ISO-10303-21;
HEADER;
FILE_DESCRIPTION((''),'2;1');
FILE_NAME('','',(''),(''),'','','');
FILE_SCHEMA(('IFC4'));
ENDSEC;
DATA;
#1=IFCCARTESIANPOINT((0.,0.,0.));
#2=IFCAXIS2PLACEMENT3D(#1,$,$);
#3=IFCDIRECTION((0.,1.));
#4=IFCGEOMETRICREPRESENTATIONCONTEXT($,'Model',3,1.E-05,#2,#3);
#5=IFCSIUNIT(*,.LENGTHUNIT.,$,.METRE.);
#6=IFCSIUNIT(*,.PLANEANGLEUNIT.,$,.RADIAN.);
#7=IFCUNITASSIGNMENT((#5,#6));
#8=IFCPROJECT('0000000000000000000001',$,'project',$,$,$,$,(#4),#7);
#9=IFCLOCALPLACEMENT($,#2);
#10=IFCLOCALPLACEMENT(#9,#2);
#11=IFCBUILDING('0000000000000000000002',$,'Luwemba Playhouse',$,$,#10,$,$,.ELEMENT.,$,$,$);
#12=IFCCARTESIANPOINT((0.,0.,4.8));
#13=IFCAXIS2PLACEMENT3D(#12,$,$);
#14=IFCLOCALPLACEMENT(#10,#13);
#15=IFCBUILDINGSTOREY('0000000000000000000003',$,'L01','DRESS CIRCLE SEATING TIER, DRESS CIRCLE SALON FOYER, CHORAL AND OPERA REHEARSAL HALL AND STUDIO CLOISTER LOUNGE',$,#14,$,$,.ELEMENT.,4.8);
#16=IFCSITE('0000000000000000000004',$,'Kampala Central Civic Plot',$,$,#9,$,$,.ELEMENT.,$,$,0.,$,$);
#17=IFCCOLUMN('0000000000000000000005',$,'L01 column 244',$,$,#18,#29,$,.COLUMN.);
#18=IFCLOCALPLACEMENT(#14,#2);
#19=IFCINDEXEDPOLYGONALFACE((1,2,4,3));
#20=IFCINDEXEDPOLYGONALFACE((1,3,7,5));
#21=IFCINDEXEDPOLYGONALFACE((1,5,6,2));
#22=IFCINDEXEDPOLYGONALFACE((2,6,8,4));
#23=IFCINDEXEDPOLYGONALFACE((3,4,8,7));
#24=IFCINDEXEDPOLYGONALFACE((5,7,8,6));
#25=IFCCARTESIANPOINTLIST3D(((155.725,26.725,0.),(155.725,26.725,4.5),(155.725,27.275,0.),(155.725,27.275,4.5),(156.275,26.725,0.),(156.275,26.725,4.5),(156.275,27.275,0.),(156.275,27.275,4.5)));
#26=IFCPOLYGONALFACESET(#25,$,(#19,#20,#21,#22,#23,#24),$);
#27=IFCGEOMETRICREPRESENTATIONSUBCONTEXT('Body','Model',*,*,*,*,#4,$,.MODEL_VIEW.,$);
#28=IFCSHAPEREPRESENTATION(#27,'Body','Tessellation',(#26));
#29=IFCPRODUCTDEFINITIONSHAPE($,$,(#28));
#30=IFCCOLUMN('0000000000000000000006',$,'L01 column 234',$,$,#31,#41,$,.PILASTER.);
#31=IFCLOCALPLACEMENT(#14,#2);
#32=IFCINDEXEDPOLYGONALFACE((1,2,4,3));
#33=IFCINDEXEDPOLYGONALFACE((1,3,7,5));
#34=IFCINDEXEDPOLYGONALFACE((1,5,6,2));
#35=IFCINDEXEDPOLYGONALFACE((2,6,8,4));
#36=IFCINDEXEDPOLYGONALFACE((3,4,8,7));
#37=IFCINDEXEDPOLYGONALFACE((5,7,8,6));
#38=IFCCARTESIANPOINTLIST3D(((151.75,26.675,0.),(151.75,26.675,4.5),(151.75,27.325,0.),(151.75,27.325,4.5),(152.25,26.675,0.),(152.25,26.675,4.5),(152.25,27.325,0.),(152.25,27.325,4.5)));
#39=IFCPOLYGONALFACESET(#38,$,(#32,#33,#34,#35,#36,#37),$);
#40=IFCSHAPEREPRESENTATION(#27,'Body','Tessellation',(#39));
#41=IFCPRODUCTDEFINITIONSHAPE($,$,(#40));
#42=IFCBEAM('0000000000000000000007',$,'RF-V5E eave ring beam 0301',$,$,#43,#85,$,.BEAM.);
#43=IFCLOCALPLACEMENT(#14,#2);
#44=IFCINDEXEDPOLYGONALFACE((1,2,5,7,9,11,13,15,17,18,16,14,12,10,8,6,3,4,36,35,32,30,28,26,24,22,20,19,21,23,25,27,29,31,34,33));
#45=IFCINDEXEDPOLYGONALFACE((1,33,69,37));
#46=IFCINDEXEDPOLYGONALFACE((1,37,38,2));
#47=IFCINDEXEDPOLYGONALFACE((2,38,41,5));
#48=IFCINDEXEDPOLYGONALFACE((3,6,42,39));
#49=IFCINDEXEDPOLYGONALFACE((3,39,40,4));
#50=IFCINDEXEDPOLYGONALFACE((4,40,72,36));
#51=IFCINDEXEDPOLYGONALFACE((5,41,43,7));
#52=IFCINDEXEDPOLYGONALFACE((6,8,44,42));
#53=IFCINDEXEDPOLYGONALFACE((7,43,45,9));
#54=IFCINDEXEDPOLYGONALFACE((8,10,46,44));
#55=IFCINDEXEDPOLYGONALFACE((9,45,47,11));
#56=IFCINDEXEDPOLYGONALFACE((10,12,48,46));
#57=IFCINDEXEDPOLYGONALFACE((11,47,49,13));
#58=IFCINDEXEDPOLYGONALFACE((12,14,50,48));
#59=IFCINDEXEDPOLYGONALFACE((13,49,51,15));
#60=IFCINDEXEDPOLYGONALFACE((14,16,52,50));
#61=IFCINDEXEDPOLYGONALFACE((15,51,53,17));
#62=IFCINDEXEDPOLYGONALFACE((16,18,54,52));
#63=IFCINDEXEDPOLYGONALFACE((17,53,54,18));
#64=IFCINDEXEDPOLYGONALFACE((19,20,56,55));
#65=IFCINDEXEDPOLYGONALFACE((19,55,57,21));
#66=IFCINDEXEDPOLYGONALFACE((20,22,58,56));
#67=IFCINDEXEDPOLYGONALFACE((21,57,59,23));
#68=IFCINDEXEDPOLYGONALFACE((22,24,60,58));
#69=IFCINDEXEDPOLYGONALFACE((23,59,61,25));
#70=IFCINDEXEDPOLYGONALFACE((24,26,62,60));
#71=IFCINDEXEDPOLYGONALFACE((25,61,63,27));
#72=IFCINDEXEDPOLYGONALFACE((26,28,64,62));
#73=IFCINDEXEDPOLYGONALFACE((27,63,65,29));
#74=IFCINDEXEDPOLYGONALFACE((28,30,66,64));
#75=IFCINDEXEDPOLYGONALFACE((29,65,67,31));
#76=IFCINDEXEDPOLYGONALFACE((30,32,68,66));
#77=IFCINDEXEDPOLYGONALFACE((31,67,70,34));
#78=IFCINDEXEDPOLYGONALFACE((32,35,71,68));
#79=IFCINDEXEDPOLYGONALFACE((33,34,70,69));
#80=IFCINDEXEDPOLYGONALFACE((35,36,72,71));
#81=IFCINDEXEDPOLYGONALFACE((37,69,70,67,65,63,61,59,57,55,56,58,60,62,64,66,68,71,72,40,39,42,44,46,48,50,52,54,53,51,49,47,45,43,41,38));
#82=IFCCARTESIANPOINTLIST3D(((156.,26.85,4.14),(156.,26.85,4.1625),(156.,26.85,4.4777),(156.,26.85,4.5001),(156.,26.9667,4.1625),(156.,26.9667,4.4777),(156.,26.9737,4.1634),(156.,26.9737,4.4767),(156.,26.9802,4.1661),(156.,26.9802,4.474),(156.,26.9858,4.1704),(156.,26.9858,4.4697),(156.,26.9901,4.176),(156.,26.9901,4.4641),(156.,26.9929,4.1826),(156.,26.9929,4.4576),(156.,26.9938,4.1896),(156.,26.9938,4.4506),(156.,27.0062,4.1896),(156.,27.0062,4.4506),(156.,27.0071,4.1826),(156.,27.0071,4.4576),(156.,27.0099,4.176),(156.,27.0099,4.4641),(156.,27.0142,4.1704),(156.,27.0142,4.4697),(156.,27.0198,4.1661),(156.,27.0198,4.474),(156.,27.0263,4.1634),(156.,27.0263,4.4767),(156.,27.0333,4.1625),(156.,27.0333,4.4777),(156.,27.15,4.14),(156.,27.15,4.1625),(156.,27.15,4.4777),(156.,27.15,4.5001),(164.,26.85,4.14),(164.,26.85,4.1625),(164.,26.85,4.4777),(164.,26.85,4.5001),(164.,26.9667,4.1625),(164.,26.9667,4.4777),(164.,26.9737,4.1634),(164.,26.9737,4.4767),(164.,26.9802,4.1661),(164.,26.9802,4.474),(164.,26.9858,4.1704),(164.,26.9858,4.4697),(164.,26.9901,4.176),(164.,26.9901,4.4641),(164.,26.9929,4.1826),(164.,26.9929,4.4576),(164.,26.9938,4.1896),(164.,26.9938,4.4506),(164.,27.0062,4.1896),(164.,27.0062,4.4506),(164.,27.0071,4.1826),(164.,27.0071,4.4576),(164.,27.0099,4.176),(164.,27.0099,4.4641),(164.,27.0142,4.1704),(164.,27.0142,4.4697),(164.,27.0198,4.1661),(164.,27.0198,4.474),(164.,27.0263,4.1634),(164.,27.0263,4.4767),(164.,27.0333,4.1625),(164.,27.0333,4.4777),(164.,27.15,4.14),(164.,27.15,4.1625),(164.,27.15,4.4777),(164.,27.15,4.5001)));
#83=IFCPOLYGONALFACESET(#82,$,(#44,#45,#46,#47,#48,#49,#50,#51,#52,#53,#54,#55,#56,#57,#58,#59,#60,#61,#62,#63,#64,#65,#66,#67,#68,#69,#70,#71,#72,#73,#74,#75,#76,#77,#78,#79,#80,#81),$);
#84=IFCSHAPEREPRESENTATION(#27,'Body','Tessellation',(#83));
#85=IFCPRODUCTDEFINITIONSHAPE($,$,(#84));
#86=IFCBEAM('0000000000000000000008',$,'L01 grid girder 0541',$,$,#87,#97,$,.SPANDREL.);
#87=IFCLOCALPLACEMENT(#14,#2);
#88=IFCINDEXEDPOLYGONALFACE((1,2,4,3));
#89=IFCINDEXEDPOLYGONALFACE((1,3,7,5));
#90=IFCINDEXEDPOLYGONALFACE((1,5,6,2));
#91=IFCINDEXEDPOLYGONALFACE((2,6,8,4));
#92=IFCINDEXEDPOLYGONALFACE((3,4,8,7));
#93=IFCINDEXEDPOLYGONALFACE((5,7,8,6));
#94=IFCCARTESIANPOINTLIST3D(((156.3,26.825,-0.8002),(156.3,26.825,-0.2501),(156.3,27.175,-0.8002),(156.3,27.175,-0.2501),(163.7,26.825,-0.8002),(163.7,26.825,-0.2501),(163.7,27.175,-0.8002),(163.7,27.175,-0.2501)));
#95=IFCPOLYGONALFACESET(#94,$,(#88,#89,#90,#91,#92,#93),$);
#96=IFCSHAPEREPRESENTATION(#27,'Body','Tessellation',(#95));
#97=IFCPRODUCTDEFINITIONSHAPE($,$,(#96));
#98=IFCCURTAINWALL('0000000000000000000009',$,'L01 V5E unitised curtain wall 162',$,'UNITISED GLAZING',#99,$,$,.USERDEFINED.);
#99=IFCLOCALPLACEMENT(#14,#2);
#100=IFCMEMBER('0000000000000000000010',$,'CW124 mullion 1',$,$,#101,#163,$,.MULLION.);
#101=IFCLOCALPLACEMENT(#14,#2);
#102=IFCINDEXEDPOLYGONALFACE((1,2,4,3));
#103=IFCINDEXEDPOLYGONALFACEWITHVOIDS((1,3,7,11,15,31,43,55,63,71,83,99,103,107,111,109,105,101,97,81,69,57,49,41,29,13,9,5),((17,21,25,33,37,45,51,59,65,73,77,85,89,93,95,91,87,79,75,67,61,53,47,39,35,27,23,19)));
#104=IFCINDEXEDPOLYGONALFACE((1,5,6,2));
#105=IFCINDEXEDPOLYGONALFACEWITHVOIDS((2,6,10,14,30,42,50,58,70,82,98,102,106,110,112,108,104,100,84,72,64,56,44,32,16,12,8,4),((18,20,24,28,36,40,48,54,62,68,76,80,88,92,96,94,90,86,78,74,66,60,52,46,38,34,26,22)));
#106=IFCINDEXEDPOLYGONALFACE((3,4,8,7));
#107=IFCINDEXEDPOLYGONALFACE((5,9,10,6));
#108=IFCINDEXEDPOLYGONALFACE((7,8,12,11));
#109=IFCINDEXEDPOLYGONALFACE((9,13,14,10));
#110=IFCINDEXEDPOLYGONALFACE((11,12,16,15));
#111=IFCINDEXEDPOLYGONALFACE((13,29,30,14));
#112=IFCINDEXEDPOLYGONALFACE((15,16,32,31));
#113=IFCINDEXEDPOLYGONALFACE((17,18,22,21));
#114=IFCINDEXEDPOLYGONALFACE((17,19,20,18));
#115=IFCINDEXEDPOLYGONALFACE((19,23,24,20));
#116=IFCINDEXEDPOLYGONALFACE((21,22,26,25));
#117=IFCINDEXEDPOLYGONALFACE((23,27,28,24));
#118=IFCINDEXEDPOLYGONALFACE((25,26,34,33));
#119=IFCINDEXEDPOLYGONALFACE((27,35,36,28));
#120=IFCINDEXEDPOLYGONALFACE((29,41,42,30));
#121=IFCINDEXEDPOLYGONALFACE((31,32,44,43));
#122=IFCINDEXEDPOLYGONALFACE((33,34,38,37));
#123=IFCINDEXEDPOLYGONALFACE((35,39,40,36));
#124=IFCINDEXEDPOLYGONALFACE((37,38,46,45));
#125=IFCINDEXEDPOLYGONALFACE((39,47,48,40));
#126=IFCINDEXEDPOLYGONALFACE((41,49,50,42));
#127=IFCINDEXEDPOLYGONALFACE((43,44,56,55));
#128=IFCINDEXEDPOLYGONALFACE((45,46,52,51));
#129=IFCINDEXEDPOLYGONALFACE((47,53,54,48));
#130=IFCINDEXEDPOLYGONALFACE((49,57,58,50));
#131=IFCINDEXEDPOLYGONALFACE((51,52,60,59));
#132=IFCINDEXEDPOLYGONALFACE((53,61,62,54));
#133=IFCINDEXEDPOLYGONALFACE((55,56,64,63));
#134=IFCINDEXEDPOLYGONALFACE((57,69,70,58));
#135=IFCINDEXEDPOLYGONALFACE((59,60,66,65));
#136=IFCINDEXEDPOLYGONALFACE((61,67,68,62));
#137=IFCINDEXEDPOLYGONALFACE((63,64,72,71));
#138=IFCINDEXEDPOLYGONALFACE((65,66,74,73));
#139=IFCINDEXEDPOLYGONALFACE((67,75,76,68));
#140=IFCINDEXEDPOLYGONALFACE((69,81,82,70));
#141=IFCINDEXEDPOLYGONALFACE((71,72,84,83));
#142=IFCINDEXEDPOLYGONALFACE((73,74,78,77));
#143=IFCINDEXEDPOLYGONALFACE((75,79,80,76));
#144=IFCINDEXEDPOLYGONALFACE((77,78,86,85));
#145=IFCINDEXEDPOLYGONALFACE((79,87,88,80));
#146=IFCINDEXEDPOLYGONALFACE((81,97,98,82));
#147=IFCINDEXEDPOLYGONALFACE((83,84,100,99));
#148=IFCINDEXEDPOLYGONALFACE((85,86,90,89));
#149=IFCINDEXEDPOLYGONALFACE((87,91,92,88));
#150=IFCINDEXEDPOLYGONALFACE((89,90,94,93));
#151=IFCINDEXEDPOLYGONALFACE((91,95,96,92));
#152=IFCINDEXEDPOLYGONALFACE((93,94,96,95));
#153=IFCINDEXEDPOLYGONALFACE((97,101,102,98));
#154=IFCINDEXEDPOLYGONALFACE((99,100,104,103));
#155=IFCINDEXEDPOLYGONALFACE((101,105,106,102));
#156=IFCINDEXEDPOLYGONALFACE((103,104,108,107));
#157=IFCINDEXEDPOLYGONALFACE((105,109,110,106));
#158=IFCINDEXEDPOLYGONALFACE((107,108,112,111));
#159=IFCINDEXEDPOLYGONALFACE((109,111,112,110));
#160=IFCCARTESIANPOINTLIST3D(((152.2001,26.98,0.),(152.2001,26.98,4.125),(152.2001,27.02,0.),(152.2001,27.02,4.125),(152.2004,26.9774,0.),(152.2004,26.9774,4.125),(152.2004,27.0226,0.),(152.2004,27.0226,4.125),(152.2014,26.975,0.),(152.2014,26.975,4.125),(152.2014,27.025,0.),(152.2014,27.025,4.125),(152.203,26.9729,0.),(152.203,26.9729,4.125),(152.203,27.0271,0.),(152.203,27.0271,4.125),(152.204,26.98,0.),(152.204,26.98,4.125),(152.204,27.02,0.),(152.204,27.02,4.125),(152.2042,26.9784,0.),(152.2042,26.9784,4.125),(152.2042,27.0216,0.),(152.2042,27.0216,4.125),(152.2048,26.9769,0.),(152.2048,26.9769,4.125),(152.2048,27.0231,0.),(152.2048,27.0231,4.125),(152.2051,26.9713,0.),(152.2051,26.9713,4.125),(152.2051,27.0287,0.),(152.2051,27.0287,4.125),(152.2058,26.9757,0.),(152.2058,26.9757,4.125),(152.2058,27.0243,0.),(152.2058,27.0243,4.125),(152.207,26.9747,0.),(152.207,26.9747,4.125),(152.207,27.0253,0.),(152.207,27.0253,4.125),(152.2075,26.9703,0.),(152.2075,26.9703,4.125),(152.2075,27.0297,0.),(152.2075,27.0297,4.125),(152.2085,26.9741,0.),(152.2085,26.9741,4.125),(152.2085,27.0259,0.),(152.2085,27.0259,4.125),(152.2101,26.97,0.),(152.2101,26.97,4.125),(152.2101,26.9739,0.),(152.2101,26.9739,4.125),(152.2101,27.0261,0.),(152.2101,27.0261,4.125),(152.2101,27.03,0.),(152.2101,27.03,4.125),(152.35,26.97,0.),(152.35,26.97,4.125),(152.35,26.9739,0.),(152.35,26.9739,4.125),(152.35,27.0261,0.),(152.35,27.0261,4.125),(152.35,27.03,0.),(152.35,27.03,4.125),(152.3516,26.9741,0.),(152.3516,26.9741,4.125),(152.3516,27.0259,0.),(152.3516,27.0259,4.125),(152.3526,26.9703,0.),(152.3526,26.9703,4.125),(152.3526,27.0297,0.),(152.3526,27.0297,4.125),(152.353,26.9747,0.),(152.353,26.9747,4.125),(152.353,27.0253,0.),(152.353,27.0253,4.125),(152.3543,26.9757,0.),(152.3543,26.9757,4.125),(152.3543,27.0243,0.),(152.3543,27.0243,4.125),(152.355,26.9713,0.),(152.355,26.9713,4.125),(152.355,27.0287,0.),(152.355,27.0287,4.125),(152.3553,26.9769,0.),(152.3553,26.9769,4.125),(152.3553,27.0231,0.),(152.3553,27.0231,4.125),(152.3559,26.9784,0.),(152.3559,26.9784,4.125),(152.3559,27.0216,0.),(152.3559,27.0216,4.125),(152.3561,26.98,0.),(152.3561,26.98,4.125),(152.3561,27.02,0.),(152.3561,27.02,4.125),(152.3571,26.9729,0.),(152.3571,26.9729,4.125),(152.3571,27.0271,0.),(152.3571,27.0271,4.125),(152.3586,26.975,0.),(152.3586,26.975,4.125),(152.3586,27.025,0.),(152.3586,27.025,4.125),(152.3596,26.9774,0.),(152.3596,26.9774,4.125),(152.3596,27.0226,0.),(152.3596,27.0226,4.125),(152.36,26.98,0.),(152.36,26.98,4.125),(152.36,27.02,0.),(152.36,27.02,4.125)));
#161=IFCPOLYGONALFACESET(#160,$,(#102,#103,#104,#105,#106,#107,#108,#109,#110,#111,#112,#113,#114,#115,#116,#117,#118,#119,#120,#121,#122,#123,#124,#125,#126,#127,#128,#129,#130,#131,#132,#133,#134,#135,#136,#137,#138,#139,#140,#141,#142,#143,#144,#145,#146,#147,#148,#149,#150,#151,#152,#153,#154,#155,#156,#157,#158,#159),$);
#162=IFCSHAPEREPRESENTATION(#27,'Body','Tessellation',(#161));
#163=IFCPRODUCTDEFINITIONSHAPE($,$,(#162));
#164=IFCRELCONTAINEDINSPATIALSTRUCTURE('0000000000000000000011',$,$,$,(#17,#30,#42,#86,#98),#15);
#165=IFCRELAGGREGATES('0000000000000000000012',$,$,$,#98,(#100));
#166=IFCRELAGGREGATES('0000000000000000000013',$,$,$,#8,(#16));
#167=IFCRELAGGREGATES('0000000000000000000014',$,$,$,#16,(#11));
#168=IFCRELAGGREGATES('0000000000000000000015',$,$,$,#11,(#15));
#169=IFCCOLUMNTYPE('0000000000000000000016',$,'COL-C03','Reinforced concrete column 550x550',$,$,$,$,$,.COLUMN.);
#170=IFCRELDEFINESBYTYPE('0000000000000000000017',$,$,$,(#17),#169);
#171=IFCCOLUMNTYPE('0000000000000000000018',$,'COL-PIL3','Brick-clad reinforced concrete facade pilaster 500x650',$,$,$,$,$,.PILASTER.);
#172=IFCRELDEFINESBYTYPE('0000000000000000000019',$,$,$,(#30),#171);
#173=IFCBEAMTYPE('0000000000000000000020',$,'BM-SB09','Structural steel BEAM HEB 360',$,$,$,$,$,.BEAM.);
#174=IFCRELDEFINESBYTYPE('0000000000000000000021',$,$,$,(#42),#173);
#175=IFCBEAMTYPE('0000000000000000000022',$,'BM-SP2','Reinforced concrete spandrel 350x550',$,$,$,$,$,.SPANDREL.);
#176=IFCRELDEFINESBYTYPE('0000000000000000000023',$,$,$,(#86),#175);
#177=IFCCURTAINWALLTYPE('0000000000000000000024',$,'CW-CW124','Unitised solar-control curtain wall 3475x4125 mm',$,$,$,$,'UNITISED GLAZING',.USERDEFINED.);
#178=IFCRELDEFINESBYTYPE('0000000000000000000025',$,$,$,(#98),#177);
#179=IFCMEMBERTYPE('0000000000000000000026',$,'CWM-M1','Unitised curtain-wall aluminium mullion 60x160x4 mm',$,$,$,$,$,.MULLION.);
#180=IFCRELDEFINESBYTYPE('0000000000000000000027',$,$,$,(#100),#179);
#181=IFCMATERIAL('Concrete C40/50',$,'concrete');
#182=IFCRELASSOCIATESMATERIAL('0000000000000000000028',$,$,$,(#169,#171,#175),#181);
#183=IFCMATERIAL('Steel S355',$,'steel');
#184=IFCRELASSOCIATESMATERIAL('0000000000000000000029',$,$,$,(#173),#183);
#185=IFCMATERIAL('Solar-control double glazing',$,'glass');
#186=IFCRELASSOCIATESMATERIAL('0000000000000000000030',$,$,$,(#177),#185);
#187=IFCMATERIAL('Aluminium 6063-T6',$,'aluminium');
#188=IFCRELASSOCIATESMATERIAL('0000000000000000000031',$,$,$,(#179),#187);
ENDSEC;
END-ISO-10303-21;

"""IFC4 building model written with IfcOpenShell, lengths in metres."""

from ifc_helpers import new_model, si_unit, direction, frame, origin, origin_2d, place, context, subcontext, project, spatial, rectangle, hollow_rectangle, i_section, extrude, material, material_profile, profile_set, type_object, element, aggregate, save


model = new_model("IFC4")

# Units and contexts
model_context = context("Model", 3, precision=1e-05, world=origin(), true_north=direction((0.0, 1.0)))
body_context = subcontext(model_context, "Body", "Model", "MODEL_VIEW")
ifc_project = project(units=[si_unit("LENGTHUNIT", "METRE"), si_unit("PLANEANGLEUNIT", "RADIAN")], contexts=[model_context])

# Site, building, storey
site_placement = place(None, origin())
site = spatial("IfcSite", under=ifc_project, at=site_placement, Name="Kampala Central Civic Plot", CompositionType="ELEMENT", RefElevation=0.0)
building_placement = place(site_placement, origin())
building = spatial("IfcBuilding", under=site, at=building_placement, Name="Luwemba Playhouse", CompositionType="ELEMENT")
storey_placement = place(building_placement, frame((0.0, 0.0, 4.8)))
storey = spatial("IfcBuildingStorey", under=building, at=storey_placement, Name="L01", Description="DRESS CIRCLE SEATING TIER, DRESS CIRCLE SALON FOYER, CHORAL AND OPERA REHEARSAL HALL AND STUDIO CLOISTER LOUNGE", CompositionType="ELEMENT", Elevation=4.8)

# Columns
ifc_material_1 = material(Name="Concrete C40/50", Category="concrete")
ifc_material_profile_1 = material_profile(ifc_material_1, rectangle(XDim=0.55, YDim=0.55, at=origin_2d()))
ifc_profile_set_1 = profile_set([ifc_material_profile_1], Name="Concrete C40/50")
column_type_1 = type_object("IfcColumnType", Name="COL-C03", Description="Reinforced concrete column 550x550", PredefinedType="COLUMN", material=ifc_profile_set_1)
column_1_placement = place(storey_placement, frame((156.0, 27.0, 0.0), z_axis=(0.0, 0.0, 1.0), x_axis=(1.0, 0.0, 0.0)))
element("IfcColumn", 1, at=column_1_placement, inside=storey, type_object=column_type_1, Name="L01 column 244", PredefinedType="COLUMN", context=body_context, shape_type="SweptSolid", body=[
    extrude(rectangle(XDim=0.55, YDim=0.55, at=origin_2d()), origin(), (0.0, 0.0, 1.0), 4.5),
])
ifc_material_profile_2 = material_profile(ifc_material_1, rectangle(XDim=0.5, YDim=0.6499, at=origin_2d()))
ifc_profile_set_2 = profile_set([ifc_material_profile_2], Name="Concrete C40/50")
column_type_2 = type_object("IfcColumnType", Name="COL-PIL3", Description="Brick-clad reinforced concrete facade pilaster 500x650", PredefinedType="PILASTER", material=ifc_profile_set_2)
column_2_placement = place(storey_placement, frame((152.0, 27.0, 0.0), z_axis=(0.0, 0.0, 1.0), x_axis=(1.0, 0.0, 0.0)))
element("IfcColumn", 2, at=column_2_placement, inside=storey, type_object=column_type_2, Name="L01 column 234", PredefinedType="PILASTER", context=body_context, shape_type="SweptSolid", body=[
    extrude(rectangle(XDim=0.5, YDim=0.6499, at=origin_2d()), origin(), (0.0, 0.0, 1.0), 4.5),
])

# Beams
ifc_material_2 = material(Name="Steel S355", Category="steel")
ifc_material_profile_3 = material_profile(ifc_material_2, i_section(OverallWidth=0.3, OverallDepth=0.3601, WebThickness=0.0125, FlangeThickness=0.0225, FilletRadius=0.0271, at=origin_2d()))
ifc_profile_set_3 = profile_set([ifc_material_profile_3], Name="Steel S355")
beam_type_1 = type_object("IfcBeamType", Name="BM-SB09", Description="Structural steel BEAM HEB 360", PredefinedType="BEAM", material=ifc_profile_set_3)
beam_1_placement = place(storey_placement, frame((156.0, 27.0, 4.3201), z_axis=(1.0, 0.0, 0.0), x_axis=(0.0, 1.0, 0.0)))
element("IfcBeam", 3, at=beam_1_placement, inside=storey, type_object=beam_type_1, Name="RF-V5E eave ring beam 0301", PredefinedType="BEAM", context=body_context, shape_type="SweptSolid", body=[
    extrude(i_section(OverallWidth=0.3, OverallDepth=0.3601, WebThickness=0.0125, FlangeThickness=0.0225, FilletRadius=0.0271, at=origin_2d()), origin(), (0.0, 0.0, 1.0), 8.0),
])
ifc_material_profile_4 = material_profile(ifc_material_1, rectangle(XDim=0.3501, YDim=0.55, at=origin_2d()))
ifc_profile_set_4 = profile_set([ifc_material_profile_4], Name="Concrete C40/50")
beam_type_2 = type_object("IfcBeamType", Name="BM-SP2", Description="Reinforced concrete spandrel 350x550", PredefinedType="SPANDREL", material=ifc_profile_set_4)
beam_2_placement = place(storey_placement, frame((156.3, 27.0, -0.5251), z_axis=(1.0, 0.0, 0.0), x_axis=(0.0, 1.0, 0.0)))
element("IfcBeam", 4, at=beam_2_placement, inside=storey, type_object=beam_type_2, Name="L01 grid girder 0541", PredefinedType="SPANDREL", context=body_context, shape_type="SweptSolid", body=[
    extrude(rectangle(XDim=0.3501, YDim=0.55, at=origin_2d()), origin(), (0.0, 0.0, 1.0), 7.3999),
])

# Curtain wall, member
ifc_material_3 = material(Name="Solar-control double glazing", Category="glass")
curtain_wall_type_1 = type_object("IfcCurtainWallType", Name="CW-CW124", Description="Unitised solar-control curtain wall 3475x4125 mm", ElementType="UNITISED GLAZING", PredefinedType="USERDEFINED", material=ifc_material_3)
curtain_wall_1_placement = place(storey_placement, origin())
curtain_wall_1 = element("IfcCurtainWall", 5, at=curtain_wall_1_placement, inside=storey, type_object=curtain_wall_type_1, Name="L01 V5E unitised curtain wall 162", ObjectType="UNITISED GLAZING", PredefinedType="USERDEFINED")
ifc_material_4 = material(Name="Aluminium 6063-T6", Category="aluminium")
ifc_material_profile_5 = material_profile(ifc_material_4, hollow_rectangle(XDim=0.0601, YDim=0.1599, WallThickness=0.0039, InnerFilletRadius=0.0061, OuterFilletRadius=0.01, at=origin_2d()))
ifc_profile_set_5 = profile_set([ifc_material_profile_5], Name="Aluminium 6063-T6")
member_type_1 = type_object("IfcMemberType", Name="CWM-M1", Description="Unitised curtain-wall aluminium mullion 60x160x4 mm", PredefinedType="MULLION", material=ifc_profile_set_5)
member_1_placement = place(storey_placement, frame((152.28, 27.0, 0.0), z_axis=(0.0, 0.0, 1.0), x_axis=(0.0, 1.0, 0.0)))
member_1 = element("IfcMember", 6, at=member_1_placement, type_object=member_type_1, Name="CW124 mullion 1", PredefinedType="MULLION", context=body_context, shape_type="SweptSolid", body=[
    extrude(hollow_rectangle(XDim=0.0601, YDim=0.1599, WallThickness=0.0039, InnerFilletRadius=0.0061, OuterFilletRadius=0.01, at=origin_2d()), origin(), (0.0, 0.0, 1.0), 4.125),
])

aggregate(curtain_wall_1, [member_1])

save(model, "model.ifc")
